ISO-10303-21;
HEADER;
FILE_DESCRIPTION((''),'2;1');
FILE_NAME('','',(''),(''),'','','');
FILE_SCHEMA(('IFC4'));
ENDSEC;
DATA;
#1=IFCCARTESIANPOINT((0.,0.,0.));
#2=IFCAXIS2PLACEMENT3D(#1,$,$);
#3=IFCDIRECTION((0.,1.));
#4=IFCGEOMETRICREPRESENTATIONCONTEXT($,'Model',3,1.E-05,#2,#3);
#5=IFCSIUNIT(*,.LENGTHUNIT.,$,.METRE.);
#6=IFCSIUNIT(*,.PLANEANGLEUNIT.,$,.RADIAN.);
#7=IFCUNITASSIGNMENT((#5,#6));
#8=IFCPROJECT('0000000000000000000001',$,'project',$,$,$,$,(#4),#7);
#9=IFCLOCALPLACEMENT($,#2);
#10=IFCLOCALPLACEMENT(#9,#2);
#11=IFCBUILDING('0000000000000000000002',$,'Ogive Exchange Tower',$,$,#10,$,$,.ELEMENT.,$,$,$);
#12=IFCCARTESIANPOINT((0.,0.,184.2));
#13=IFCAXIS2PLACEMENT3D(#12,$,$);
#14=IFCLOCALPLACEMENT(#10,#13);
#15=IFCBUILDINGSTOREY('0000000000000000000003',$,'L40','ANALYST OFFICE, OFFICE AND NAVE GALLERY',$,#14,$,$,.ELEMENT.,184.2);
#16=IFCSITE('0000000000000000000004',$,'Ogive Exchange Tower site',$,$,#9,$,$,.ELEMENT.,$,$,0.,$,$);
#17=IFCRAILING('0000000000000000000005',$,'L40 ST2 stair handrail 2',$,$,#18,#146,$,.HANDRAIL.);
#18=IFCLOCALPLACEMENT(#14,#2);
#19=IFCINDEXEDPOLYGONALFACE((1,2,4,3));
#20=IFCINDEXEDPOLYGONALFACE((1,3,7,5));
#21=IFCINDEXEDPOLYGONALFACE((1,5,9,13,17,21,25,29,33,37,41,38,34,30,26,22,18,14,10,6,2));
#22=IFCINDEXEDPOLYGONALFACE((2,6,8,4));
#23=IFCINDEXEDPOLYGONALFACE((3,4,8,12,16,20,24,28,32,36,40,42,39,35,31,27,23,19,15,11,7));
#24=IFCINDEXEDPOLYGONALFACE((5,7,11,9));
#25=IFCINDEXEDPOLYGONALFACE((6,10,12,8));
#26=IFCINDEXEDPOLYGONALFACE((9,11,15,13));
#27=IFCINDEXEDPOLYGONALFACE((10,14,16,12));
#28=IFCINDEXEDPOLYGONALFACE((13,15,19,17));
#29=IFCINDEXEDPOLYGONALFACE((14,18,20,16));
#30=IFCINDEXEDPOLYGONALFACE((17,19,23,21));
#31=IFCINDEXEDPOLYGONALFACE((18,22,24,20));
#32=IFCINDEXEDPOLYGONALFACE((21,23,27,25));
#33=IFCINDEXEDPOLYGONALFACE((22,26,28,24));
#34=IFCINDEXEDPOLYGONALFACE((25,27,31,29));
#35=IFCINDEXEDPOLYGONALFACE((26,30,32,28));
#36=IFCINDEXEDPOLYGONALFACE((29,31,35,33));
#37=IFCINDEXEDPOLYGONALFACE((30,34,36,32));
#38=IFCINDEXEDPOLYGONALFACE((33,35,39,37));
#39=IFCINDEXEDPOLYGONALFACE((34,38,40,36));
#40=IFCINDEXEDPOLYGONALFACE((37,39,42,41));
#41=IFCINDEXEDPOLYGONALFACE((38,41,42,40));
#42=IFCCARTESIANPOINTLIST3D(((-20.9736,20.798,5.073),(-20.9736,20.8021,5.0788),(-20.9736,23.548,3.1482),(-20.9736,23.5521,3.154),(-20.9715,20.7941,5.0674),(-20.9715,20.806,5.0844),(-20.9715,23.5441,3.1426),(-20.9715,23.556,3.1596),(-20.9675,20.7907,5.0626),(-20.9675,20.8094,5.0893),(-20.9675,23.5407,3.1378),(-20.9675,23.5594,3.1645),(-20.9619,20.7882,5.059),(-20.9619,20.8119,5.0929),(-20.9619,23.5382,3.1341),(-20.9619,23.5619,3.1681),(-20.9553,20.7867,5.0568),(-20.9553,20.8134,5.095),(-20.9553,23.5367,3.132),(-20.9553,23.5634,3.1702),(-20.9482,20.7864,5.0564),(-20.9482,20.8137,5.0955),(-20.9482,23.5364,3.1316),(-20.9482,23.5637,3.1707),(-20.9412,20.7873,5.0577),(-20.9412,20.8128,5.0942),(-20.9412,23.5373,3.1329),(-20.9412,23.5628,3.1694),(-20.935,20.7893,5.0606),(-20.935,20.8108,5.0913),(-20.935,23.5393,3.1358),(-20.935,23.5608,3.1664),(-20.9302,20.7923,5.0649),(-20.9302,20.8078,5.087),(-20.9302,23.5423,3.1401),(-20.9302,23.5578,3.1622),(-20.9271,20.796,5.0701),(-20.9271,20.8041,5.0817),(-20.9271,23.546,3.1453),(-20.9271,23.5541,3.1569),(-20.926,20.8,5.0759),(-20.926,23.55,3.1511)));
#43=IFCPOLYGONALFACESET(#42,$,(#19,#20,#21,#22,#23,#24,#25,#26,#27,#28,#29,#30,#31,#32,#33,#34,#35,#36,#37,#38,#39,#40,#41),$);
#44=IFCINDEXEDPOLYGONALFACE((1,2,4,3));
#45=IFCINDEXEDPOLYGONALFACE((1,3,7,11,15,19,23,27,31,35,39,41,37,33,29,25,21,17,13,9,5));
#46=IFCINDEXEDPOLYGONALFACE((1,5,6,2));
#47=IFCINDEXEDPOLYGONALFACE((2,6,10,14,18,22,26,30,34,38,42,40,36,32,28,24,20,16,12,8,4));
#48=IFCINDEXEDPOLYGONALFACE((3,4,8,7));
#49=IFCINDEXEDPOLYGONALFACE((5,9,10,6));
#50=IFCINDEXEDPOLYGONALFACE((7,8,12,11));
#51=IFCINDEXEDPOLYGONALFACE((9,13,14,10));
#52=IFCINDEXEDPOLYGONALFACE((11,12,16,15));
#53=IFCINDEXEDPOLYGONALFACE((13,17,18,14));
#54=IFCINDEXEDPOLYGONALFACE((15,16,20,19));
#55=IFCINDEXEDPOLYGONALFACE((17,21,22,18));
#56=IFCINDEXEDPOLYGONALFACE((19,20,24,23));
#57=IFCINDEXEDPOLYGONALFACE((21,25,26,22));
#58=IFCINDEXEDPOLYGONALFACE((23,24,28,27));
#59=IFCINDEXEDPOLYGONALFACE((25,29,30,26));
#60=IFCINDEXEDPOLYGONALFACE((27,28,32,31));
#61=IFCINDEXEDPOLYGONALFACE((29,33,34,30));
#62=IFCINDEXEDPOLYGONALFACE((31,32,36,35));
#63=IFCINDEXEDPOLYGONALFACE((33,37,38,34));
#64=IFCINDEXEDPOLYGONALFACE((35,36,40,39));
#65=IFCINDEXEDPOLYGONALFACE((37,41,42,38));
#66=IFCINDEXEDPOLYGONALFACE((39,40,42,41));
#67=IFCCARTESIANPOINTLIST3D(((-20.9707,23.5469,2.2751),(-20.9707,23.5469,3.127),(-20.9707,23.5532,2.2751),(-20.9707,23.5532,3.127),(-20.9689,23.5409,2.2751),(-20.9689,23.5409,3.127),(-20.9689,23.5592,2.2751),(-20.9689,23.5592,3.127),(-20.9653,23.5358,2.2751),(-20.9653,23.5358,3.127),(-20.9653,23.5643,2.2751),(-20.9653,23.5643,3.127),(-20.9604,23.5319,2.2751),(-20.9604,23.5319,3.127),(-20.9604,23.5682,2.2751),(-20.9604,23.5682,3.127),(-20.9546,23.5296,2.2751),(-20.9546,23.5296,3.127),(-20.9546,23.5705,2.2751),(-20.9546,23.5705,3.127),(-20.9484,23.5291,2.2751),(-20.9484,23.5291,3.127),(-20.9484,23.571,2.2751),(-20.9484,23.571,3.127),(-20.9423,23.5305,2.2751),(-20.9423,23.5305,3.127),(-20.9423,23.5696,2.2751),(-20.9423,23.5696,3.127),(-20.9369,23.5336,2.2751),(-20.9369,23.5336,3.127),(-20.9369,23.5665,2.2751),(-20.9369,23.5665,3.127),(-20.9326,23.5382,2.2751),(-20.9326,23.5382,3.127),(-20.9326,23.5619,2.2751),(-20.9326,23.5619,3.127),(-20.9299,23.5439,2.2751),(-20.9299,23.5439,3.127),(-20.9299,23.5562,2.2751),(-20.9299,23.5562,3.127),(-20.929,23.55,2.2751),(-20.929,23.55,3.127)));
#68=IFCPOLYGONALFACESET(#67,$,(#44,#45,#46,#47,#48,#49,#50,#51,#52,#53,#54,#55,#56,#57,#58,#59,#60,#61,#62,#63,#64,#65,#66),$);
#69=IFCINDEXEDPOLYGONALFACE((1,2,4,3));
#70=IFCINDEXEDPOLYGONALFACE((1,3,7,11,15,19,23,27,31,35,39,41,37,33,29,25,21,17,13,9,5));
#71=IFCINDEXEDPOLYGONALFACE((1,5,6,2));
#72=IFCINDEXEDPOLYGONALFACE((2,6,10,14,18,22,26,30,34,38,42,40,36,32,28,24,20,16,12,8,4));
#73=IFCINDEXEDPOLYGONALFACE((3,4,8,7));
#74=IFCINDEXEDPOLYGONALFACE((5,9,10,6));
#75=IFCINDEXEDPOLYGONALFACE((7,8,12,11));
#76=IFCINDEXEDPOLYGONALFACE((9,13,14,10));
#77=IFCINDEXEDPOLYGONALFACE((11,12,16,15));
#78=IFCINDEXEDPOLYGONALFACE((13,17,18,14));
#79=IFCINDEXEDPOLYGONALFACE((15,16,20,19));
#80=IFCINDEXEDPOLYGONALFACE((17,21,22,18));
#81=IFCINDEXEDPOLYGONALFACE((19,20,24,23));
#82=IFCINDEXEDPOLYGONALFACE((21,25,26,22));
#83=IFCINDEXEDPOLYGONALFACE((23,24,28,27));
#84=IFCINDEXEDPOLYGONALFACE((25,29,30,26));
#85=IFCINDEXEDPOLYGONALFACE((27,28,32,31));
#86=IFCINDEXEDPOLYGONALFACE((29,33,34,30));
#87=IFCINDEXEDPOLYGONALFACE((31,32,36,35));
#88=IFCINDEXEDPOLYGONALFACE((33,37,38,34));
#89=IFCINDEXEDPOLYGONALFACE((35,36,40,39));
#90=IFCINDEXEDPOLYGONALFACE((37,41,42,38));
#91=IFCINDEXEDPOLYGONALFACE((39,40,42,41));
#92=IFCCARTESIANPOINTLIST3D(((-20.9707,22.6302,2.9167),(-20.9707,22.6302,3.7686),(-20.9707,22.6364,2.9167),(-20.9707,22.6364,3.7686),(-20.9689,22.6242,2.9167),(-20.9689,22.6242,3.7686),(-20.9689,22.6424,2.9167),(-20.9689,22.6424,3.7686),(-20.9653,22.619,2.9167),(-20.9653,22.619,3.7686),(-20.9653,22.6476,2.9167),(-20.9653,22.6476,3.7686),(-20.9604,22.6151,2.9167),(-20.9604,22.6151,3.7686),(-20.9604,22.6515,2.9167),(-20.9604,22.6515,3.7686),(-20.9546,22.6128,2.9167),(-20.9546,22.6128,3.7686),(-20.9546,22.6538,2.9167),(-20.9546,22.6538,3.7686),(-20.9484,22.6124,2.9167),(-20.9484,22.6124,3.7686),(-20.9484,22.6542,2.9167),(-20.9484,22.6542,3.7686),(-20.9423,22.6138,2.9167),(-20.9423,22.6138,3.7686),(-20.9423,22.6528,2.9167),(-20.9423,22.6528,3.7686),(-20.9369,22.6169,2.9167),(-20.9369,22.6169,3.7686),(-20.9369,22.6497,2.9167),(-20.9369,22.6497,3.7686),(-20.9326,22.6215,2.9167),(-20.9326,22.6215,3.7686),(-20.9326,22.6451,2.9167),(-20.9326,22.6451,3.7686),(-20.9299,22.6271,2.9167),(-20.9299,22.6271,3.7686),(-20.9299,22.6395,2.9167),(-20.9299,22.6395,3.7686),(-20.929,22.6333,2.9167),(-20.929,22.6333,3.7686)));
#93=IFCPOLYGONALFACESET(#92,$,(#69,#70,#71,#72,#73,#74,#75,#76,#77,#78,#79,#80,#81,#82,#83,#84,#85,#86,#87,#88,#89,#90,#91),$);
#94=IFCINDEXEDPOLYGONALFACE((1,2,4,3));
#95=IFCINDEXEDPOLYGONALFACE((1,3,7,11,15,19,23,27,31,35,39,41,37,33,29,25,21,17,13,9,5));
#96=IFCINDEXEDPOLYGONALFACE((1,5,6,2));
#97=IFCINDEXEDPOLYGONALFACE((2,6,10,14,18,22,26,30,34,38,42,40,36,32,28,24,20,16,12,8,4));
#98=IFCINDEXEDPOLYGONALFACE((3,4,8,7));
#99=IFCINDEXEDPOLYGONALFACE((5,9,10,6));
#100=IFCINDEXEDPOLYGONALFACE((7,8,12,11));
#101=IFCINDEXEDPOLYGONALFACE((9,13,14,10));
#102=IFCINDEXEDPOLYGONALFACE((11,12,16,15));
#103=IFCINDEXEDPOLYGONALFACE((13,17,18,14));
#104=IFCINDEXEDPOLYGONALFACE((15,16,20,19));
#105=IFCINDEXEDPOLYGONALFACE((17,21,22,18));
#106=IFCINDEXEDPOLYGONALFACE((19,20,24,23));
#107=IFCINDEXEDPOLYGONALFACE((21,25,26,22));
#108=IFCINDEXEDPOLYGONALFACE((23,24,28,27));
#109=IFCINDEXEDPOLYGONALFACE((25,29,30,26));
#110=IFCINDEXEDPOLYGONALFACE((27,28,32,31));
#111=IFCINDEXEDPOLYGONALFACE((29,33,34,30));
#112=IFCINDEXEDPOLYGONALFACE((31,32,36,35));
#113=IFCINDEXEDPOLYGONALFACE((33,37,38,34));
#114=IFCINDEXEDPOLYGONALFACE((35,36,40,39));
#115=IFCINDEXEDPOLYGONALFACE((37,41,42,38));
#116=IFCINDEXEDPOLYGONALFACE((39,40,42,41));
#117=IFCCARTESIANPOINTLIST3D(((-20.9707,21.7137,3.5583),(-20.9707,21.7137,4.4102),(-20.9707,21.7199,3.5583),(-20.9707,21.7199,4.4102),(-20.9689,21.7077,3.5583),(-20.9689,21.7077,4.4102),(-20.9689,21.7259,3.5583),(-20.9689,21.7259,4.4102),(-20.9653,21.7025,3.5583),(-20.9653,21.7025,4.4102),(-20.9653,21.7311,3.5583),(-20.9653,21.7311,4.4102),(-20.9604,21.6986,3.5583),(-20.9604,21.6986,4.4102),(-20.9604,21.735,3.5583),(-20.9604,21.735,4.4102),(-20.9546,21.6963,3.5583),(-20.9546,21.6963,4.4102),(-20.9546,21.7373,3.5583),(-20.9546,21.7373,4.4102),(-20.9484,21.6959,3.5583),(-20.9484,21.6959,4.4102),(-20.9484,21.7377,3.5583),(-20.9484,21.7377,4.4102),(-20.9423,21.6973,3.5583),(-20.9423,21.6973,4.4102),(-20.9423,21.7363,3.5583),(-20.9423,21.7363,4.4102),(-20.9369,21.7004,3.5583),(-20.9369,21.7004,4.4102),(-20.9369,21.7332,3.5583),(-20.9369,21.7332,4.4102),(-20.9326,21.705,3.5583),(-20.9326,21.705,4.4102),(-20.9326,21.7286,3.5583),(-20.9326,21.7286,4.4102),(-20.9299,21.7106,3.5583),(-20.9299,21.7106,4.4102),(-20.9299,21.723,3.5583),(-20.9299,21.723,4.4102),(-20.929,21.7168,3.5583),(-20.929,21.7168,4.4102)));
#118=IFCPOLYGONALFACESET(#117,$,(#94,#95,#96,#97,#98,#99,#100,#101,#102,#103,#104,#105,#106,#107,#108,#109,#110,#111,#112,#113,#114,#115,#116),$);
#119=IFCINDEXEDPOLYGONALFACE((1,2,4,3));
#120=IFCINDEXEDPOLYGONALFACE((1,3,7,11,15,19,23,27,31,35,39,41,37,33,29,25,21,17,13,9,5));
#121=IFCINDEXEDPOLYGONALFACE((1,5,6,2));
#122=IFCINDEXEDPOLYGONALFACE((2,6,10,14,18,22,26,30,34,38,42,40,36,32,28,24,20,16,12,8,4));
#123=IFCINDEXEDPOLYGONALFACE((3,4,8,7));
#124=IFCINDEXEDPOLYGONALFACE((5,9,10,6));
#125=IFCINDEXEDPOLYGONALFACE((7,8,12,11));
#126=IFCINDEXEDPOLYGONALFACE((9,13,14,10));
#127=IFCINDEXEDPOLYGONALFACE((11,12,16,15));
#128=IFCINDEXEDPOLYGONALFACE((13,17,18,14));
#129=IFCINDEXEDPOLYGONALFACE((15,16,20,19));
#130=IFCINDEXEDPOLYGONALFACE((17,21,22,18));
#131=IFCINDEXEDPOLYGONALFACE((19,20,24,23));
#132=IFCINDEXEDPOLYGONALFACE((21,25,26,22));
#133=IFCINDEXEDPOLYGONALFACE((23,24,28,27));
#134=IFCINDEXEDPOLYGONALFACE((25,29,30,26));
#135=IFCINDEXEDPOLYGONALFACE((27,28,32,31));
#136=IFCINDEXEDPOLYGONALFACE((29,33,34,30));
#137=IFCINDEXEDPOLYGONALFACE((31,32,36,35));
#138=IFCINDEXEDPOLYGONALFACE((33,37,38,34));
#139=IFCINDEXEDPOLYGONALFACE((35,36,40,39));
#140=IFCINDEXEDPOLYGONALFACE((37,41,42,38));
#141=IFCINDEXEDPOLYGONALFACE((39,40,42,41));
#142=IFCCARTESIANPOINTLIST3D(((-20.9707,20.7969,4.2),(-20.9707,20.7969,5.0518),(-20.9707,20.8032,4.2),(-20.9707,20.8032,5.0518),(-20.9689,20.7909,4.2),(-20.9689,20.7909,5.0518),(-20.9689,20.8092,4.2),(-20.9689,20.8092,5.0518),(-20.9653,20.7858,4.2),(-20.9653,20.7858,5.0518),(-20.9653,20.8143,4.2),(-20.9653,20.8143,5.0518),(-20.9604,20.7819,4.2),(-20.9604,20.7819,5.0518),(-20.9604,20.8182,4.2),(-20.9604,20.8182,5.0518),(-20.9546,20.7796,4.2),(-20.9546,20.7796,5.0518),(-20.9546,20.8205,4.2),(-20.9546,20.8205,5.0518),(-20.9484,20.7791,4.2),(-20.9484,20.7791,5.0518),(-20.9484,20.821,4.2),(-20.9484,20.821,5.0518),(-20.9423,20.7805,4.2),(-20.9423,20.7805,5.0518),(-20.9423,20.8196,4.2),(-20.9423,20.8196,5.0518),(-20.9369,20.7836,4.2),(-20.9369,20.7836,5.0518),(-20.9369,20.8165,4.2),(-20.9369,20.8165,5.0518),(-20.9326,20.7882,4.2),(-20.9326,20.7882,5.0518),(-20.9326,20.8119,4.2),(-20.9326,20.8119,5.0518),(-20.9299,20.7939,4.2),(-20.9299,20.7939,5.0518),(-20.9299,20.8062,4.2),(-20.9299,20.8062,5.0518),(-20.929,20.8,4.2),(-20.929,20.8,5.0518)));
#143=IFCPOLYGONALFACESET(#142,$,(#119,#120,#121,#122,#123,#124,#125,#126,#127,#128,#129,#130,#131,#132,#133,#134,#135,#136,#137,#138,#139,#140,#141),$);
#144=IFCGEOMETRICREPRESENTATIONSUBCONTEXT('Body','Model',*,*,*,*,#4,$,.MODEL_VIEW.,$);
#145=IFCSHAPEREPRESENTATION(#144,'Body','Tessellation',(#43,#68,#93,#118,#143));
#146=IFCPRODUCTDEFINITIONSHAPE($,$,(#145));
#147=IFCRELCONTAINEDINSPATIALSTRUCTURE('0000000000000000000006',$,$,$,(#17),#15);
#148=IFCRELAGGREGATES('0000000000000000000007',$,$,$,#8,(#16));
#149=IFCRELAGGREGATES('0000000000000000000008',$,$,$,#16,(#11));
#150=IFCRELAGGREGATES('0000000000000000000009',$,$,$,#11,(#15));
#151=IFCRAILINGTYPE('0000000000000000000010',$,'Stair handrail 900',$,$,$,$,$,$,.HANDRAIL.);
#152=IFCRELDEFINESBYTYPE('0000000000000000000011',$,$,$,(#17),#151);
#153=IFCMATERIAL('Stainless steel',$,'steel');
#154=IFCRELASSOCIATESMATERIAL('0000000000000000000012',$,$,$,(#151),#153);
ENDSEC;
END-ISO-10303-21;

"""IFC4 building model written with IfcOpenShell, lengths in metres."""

from ifc_helpers import new_model, si_unit, direction, frame, origin, origin_2d, place, context, subcontext, project, spatial, circle, extrude, material, type_object, element, save


model = new_model("IFC4")

# Units and contexts
model_context = context("Model", 3, precision=1e-05, world=origin(), true_north=direction((0.0, 1.0)))
body_context = subcontext(model_context, "Body", "Model", "MODEL_VIEW")
ifc_project = project(units=[si_unit("LENGTHUNIT", "METRE"), si_unit("PLANEANGLEUNIT", "RADIAN")], contexts=[model_context])

# Site, building, storey
site_placement = place(None, origin())
site = spatial("IfcSite", under=ifc_project, at=site_placement, Name="Ogive Exchange Tower site", CompositionType="ELEMENT", RefElevation=0.0)
building_placement = place(site_placement, origin())
building = spatial("IfcBuilding", under=site, at=building_placement, Name="Ogive Exchange Tower", CompositionType="ELEMENT")
storey_placement = place(building_placement, frame((0.0, 0.0, 184.2)))
storey = spatial("IfcBuildingStorey", under=building, at=storey_placement, Name="L40", Description="ANALYST OFFICE, OFFICE AND NAVE GALLERY", CompositionType="ELEMENT", Elevation=184.2)

# Railing
ifc_material_1 = material(Name="Stainless steel", Category="steel")
railing_type = type_object("IfcRailingType", Name="Stair handrail 900", PredefinedType="HANDRAIL", material=ifc_material_1)
railing_placement = place(storey_placement, frame((-20.95, 23.55, 2.2751)))
element("IfcRailing", 1, at=railing_placement, inside=storey, type_object=railing_type, Name="L40 ST2 stair handrail 2", PredefinedType="HANDRAIL", context=body_context, shape_type="SweptSolid", body=[
    extrude(circle(Radius=0.0239, at=origin_2d()), frame((0.0, 0.0, 0.876), z_axis=(0.0, -0.819259, 0.573423), x_axis=(1.0, 0.0, 0.0)), (0.0, 0.0, 1.0), 3.3567),
    extrude(circle(Radius=0.021, at=origin_2d()), origin(), (0.0, 0.0, 1.0), 0.8518),
    extrude(circle(Radius=0.021, at=origin_2d()), frame((0.0, -0.9167, 0.6416)), (0.0, 0.0, 1.0), 0.8518),
    extrude(circle(Radius=0.021, at=origin_2d()), frame((0.0, -1.8333, 1.2832)), (0.0, 0.0, 1.0), 0.8518),
    extrude(circle(Radius=0.021, at=origin_2d()), frame((0.0, -2.75, 1.9248)), (0.0, 0.0, 1.0), 0.8518),
])

save(model, "model.ifc")
